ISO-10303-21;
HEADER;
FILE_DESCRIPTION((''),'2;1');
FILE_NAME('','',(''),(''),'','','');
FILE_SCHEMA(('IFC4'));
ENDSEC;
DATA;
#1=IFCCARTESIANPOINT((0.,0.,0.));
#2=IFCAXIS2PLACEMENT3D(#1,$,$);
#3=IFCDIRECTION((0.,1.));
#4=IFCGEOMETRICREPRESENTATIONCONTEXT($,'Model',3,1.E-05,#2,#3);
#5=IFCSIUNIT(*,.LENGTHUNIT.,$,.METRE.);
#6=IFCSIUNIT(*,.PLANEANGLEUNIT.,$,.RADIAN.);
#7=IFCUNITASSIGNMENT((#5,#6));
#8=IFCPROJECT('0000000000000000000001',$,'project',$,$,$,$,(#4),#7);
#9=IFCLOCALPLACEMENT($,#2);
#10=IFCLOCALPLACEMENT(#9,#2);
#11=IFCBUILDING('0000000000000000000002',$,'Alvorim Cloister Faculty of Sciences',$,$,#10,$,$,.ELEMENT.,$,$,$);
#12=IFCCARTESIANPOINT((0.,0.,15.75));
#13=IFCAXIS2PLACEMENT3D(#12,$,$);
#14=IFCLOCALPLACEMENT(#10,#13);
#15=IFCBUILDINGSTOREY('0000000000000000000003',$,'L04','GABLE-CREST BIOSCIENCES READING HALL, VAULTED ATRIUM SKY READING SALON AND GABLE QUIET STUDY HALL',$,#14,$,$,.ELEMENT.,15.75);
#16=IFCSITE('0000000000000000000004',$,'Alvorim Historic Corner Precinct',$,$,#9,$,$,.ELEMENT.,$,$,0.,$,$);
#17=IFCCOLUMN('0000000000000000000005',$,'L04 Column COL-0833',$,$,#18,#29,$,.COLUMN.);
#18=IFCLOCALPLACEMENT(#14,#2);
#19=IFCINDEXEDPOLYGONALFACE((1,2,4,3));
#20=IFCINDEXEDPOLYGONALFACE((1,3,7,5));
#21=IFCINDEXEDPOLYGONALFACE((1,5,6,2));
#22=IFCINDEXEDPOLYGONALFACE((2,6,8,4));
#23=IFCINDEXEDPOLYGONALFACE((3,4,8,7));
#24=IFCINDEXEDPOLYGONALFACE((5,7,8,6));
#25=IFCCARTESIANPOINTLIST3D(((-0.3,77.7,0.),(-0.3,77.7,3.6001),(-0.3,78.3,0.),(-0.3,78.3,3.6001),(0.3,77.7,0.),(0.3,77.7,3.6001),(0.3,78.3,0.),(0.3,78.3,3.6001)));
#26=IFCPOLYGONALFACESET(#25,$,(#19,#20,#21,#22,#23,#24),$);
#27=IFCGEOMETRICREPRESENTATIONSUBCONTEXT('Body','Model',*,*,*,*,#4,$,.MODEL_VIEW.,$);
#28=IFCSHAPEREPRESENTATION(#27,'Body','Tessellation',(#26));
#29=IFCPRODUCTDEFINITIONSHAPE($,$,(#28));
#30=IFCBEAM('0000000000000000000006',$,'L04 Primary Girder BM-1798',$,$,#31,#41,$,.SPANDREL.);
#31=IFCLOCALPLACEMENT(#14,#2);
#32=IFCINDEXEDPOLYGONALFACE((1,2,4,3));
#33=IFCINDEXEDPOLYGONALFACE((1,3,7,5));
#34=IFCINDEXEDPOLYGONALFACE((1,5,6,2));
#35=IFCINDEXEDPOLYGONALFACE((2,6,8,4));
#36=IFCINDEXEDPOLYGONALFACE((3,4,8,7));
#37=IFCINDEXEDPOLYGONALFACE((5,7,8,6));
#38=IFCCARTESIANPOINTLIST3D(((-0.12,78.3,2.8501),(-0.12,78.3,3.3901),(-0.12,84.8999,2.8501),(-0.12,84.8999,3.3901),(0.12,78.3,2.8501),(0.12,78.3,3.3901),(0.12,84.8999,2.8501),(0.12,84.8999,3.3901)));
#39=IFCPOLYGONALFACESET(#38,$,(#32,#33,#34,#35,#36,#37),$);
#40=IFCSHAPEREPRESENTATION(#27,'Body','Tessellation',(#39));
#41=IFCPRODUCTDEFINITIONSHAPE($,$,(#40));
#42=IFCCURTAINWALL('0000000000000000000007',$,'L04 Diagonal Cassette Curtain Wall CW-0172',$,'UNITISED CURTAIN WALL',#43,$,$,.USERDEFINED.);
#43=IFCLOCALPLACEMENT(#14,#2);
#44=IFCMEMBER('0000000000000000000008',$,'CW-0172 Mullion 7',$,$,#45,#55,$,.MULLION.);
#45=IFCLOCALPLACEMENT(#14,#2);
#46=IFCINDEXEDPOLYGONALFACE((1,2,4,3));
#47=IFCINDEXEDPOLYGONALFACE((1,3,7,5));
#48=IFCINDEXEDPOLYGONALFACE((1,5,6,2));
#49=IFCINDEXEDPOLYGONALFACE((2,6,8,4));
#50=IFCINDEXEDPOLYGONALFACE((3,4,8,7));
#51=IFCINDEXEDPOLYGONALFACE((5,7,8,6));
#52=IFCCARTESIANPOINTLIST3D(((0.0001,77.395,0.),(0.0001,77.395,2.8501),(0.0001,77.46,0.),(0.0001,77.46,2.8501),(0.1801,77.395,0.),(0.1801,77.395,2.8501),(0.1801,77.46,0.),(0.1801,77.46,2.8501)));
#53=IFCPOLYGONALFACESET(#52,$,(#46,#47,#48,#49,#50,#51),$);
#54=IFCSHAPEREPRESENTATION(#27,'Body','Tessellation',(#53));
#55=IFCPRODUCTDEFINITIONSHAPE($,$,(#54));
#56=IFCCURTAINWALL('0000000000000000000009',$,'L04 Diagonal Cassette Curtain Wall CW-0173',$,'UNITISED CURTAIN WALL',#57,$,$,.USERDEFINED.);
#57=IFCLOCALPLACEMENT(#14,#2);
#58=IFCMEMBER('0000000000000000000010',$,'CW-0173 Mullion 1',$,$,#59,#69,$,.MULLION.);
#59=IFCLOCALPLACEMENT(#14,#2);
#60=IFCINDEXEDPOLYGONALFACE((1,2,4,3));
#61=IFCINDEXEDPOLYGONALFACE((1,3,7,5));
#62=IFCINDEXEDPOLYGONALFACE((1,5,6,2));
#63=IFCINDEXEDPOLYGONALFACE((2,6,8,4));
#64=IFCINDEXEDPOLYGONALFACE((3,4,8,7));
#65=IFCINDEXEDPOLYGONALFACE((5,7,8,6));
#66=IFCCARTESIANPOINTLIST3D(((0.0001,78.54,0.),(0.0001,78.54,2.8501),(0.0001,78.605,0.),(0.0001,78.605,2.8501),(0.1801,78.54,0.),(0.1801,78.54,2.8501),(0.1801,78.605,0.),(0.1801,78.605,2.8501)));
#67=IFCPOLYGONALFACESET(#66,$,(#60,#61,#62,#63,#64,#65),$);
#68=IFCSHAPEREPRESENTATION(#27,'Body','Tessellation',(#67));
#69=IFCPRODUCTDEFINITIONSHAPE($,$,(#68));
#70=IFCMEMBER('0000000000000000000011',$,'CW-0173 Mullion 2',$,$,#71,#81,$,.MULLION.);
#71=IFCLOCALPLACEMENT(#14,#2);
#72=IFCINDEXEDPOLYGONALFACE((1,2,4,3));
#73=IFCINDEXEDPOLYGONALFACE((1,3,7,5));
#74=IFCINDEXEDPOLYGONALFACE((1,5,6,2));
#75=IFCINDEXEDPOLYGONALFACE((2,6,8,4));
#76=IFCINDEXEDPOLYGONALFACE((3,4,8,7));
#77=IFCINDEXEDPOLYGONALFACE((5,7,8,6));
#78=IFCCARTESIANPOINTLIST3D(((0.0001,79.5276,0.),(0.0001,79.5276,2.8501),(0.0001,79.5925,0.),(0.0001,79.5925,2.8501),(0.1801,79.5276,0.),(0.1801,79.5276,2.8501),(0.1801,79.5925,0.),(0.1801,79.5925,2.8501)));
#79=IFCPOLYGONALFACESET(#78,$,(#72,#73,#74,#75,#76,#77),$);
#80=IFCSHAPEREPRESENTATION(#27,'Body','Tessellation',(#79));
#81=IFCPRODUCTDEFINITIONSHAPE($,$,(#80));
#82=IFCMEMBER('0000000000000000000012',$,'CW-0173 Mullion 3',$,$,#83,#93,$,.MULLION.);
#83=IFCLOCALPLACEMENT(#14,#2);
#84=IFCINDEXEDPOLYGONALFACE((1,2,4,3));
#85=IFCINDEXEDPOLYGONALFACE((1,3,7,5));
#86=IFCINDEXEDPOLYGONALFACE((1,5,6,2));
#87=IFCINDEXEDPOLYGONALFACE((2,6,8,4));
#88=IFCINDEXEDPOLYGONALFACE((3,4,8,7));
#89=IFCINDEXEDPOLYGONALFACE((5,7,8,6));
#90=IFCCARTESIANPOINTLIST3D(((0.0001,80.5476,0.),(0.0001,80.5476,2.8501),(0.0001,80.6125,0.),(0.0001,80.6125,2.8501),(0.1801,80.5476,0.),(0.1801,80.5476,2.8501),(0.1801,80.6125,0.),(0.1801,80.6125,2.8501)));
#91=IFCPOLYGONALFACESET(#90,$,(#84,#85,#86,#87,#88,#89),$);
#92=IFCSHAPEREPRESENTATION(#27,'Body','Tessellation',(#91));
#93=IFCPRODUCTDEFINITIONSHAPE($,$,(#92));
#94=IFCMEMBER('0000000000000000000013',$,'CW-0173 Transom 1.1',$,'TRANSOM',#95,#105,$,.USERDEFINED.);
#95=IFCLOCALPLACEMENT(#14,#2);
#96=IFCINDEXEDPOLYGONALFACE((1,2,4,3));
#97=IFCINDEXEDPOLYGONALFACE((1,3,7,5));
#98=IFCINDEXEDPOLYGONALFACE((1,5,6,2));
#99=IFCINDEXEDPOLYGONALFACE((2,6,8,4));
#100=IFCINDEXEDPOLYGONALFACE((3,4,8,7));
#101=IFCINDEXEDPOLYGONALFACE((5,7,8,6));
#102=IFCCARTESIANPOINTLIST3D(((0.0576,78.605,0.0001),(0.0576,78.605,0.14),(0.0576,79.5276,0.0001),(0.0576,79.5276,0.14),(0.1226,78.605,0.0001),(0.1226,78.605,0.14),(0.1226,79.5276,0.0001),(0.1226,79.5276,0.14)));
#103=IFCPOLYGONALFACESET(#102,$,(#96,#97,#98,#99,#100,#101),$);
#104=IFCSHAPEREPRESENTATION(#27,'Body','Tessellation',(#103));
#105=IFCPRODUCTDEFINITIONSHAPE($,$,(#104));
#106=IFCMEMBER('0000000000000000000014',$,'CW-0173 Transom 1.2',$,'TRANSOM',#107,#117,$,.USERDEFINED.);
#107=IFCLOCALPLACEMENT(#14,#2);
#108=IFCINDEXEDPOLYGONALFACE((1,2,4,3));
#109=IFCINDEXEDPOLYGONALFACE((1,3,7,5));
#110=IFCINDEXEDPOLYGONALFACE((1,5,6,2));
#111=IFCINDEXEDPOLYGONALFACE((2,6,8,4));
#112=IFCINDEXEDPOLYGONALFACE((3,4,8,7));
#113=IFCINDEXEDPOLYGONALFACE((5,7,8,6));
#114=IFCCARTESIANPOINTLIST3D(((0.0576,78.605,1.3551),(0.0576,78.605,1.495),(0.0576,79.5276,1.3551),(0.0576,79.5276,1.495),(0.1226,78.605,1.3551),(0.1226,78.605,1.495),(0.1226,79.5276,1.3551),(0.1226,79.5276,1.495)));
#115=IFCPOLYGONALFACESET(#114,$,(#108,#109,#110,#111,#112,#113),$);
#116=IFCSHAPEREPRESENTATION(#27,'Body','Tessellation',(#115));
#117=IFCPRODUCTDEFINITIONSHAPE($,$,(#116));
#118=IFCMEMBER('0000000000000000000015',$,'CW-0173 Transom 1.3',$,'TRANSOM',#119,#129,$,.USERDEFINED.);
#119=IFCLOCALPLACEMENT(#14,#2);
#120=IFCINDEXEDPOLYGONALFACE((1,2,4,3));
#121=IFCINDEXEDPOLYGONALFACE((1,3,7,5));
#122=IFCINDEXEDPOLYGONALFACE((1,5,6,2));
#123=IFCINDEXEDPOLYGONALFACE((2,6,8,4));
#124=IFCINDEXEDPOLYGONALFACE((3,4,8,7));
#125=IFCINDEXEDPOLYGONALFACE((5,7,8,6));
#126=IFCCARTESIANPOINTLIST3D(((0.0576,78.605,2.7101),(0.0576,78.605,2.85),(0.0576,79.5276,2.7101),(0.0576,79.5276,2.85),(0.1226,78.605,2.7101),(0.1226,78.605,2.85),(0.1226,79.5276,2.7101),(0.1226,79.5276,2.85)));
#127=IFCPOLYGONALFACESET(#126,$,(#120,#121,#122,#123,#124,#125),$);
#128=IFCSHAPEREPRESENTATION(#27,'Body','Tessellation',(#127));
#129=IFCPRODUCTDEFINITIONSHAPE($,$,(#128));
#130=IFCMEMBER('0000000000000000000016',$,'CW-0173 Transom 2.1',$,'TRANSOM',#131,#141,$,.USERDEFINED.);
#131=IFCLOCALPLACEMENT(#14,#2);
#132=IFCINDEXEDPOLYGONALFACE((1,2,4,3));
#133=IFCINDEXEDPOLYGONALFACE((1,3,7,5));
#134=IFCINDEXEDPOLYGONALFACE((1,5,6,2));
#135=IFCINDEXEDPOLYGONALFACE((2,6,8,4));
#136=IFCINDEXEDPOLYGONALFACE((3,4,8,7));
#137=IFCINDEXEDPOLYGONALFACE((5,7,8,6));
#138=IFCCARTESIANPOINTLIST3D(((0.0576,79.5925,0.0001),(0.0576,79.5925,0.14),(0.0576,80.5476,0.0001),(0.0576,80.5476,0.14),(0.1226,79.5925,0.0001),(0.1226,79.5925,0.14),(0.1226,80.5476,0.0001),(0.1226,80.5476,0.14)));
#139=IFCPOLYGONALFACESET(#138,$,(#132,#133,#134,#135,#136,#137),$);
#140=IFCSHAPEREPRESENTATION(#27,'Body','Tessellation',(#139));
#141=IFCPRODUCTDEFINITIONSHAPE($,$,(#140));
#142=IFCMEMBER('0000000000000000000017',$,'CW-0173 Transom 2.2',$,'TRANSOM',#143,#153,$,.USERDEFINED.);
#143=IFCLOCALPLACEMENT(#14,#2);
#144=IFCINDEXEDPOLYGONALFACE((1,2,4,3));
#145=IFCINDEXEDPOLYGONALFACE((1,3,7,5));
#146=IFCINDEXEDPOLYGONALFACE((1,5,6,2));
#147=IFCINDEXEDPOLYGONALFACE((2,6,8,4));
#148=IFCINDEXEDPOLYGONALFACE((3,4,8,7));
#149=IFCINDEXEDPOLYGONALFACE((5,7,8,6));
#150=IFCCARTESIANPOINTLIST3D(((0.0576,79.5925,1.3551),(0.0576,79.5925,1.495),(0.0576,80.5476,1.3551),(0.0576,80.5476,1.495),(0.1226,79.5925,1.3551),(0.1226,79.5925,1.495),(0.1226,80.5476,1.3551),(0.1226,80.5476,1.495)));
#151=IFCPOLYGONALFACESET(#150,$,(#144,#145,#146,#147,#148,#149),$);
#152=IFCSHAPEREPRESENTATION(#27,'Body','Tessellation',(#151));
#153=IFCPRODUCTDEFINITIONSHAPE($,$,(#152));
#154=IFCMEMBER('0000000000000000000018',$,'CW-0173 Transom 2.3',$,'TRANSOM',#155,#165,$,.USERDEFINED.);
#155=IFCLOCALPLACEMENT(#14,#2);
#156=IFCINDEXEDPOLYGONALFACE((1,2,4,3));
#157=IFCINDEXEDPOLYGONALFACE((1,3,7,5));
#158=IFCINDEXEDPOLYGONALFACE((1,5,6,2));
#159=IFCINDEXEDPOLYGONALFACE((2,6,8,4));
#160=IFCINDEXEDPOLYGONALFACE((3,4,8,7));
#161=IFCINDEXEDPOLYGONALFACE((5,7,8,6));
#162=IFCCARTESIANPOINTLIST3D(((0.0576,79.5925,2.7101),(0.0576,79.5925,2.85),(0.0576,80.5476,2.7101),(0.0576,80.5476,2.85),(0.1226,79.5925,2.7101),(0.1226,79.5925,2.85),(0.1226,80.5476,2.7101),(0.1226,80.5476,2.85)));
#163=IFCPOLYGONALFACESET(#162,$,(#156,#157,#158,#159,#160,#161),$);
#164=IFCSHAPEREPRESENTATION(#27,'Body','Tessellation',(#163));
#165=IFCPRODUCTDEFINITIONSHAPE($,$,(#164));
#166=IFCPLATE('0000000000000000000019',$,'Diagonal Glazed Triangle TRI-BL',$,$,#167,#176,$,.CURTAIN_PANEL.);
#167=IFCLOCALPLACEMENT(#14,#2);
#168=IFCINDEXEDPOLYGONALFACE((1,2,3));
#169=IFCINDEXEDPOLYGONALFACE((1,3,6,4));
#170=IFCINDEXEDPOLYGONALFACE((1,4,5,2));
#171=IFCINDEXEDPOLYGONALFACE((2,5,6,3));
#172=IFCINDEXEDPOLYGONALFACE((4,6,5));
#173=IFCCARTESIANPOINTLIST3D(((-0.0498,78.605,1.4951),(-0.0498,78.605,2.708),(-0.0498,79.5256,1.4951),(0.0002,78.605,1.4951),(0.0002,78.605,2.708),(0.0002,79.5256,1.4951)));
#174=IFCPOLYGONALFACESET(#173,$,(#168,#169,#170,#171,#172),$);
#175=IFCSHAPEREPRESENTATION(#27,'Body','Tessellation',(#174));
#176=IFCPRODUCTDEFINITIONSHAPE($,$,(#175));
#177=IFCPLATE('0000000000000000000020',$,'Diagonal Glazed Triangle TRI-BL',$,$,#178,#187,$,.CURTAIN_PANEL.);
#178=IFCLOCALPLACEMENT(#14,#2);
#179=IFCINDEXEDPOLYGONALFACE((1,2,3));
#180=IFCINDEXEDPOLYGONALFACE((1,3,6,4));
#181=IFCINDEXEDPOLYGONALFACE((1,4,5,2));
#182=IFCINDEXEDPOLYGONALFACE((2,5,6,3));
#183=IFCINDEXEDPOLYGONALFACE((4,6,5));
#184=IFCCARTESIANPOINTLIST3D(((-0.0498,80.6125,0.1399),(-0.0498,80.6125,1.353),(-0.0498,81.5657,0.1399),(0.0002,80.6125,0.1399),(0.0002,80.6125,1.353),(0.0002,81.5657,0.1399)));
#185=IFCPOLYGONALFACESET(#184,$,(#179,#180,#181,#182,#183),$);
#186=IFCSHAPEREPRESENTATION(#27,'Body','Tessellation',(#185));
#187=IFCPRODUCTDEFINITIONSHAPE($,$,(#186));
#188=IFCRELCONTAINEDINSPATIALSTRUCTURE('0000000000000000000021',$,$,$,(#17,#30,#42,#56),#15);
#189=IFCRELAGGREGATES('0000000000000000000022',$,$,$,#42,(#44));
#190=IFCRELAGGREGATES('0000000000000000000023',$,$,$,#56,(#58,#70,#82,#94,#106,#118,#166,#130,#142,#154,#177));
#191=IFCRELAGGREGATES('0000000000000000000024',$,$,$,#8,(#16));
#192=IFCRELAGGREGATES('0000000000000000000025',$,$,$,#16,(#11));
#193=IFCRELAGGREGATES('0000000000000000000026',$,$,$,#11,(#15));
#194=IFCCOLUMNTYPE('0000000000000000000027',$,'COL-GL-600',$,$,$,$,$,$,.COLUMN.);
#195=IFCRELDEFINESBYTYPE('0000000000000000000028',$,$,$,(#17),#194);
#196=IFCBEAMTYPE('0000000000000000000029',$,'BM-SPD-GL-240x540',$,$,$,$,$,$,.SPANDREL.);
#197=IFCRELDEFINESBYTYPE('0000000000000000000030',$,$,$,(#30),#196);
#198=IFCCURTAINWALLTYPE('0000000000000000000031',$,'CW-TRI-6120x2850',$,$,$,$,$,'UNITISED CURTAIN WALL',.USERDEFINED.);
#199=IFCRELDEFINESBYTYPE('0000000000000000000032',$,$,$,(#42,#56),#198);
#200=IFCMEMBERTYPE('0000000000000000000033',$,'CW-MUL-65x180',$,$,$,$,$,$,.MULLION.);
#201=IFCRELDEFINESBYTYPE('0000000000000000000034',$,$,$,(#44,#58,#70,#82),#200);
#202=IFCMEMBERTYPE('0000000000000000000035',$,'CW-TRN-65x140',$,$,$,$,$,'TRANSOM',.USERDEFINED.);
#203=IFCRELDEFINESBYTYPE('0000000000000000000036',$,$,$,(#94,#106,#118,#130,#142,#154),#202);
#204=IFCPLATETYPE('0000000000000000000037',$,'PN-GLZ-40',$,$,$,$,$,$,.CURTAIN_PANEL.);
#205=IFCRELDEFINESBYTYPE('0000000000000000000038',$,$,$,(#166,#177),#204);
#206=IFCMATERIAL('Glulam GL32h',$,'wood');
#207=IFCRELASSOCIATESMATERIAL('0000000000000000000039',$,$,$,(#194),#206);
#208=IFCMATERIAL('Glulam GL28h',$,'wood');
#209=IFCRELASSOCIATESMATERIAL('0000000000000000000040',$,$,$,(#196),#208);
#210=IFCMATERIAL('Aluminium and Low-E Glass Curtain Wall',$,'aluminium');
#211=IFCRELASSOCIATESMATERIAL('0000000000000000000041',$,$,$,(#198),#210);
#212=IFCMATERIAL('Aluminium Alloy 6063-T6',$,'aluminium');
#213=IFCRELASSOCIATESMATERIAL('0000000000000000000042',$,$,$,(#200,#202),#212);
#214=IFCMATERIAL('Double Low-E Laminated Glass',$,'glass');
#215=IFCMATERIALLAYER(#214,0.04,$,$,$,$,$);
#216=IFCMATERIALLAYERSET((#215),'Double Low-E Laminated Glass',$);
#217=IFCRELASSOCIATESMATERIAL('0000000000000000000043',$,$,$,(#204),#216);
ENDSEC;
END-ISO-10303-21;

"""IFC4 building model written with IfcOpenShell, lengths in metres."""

from ifc_helpers import new_model, si_unit, direction, frame, origin, origin_2d, place, context, subcontext, project, spatial, polyline, rectangle, outline, extrude, material, layer, layer_set, material_profile, profile_set, type_object, element, aggregate, save


model = new_model("IFC4")

# Units and contexts
model_context = context("Model", 3, precision=1e-05, world=origin(), true_north=direction((0.0, 1.0)))
body_context = subcontext(model_context, "Body", "Model", "MODEL_VIEW")
ifc_project = project(units=[si_unit("LENGTHUNIT", "METRE"), si_unit("PLANEANGLEUNIT", "RADIAN")], contexts=[model_context])

# Site, building, storey
site_placement = place(None, origin())
site = spatial("IfcSite", under=ifc_project, at=site_placement, Name="Alvorim Historic Corner Precinct", CompositionType="ELEMENT", RefElevation=0.0)
building_placement = place(site_placement, origin())
building = spatial("IfcBuilding", under=site, at=building_placement, Name="Alvorim Cloister Faculty of Sciences", CompositionType="ELEMENT")
storey_placement = place(building_placement, frame((0.0, 0.0, 15.75)))
storey = spatial("IfcBuildingStorey", under=building, at=storey_placement, Name="L04", Description="GABLE-CREST BIOSCIENCES READING HALL, VAULTED ATRIUM SKY READING SALON AND GABLE QUIET STUDY HALL", CompositionType="ELEMENT", Elevation=15.75)

# Column
ifc_material_1 = material(Name="Glulam GL32h", Category="wood")
ifc_material_profile_1 = material_profile(ifc_material_1, rectangle(XDim=0.6001, YDim=0.6001, at=origin_2d()), Name="GL32-COL-600x600")
ifc_profile_set_1 = profile_set([ifc_material_profile_1], Name="Glulam GL32h")
column_type = type_object("IfcColumnType", Name="COL-GL-600", PredefinedType="COLUMN", material=ifc_profile_set_1)
column_placement = place(storey_placement, frame((0.0, 78.0, 0.0), z_axis=(0.0, 0.0, 1.0), x_axis=(1.0, 0.0, 0.0)))
element("IfcColumn", 1, at=column_placement, inside=storey, type_object=column_type, Name="L04 Column COL-0833", PredefinedType="COLUMN", context=body_context, shape_type="SweptSolid", body=[
    extrude(rectangle(XDim=0.6001, YDim=0.6001, at=origin_2d()), origin(), (0.0, 0.0, 1.0), 3.6001),
])

# Beam
ifc_material_2 = material(Name="Glulam GL28h", Category="wood")
ifc_material_profile_2 = material_profile(ifc_material_2, rectangle(XDim=0.24, YDim=0.54, at=origin_2d()), Name="GL28-SPD-240x540")
ifc_profile_set_2 = profile_set([ifc_material_profile_2], Name="Glulam GL28h")
beam_type = type_object("IfcBeamType", Name="BM-SPD-GL-240x540", PredefinedType="SPANDREL", material=ifc_profile_set_2)
beam_placement = place(storey_placement, frame((0.0, 78.3, 3.1201), z_axis=(0.0, 1.0, 0.0), x_axis=(-1.0, 0.0, 0.0)))
element("IfcBeam", 2, at=beam_placement, inside=storey, type_object=beam_type, Name="L04 Primary Girder BM-1798", PredefinedType="SPANDREL", context=body_context, shape_type="SweptSolid", body=[
    extrude(rectangle(XDim=0.24, YDim=0.54, at=origin_2d()), origin(), (0.0, 0.0, 1.0), 6.5999),
])

# Curtain wall, member
ifc_material_3 = material(Name="Aluminium and Low-E Glass Curtain Wall", Category="aluminium")
curtain_wall_type = type_object("IfcCurtainWallType", Name="CW-TRI-6120x2850", ElementType="UNITISED CURTAIN WALL", PredefinedType="USERDEFINED", material=ifc_material_3)
curtain_wall_1_placement = place(storey_placement, origin())
curtain_wall_1 = element("IfcCurtainWall", 3, at=curtain_wall_1_placement, inside=storey, type_object=curtain_wall_type, Name="L04 Diagonal Cassette Curtain Wall CW-0172", ObjectType="UNITISED CURTAIN WALL", PredefinedType="USERDEFINED")
ifc_material_4 = material(Name="Aluminium Alloy 6063-T6", Category="aluminium")
ifc_material_profile_3 = material_profile(ifc_material_4, rectangle(XDim=0.0649, YDim=0.1799, at=origin_2d()), Name="ALU-MUL-65x180")
ifc_profile_set_3 = profile_set([ifc_material_profile_3], Name="Aluminium Alloy 6063-T6")
member_type_1 = type_object("IfcMemberType", Name="CW-MUL-65x180", PredefinedType="MULLION", material=ifc_profile_set_3)
member_1_placement = place(storey_placement, frame((0.0901, 77.4275, 0.0), z_axis=(0.0, 0.0, 1.0), x_axis=(0.0, 1.0, 0.0)))
member_1 = element("IfcMember", 4, at=member_1_placement, type_object=member_type_1, Name="CW-0172 Mullion 7", PredefinedType="MULLION", context=body_context, shape_type="SweptSolid", body=[
    extrude(rectangle(XDim=0.0649, YDim=0.1799, at=origin_2d()), origin(), (0.0, 0.0, 1.0), 2.8501),
])
aggregate(curtain_wall_1, [member_1])

# Curtain wall, members, plates
curtain_wall_2_placement = place(storey_placement, origin())
curtain_wall_2 = element("IfcCurtainWall", 5, at=curtain_wall_2_placement, inside=storey, type_object=curtain_wall_type, Name="L04 Diagonal Cassette Curtain Wall CW-0173", ObjectType="UNITISED CURTAIN WALL", PredefinedType="USERDEFINED")
member_2_placement = place(storey_placement, frame((0.0901, 78.5725, 0.0), z_axis=(0.0, 0.0, 1.0), x_axis=(0.0, 1.0, 0.0)))
member_2 = element("IfcMember", 6, at=member_2_placement, type_object=member_type_1, Name="CW-0173 Mullion 1", PredefinedType="MULLION", context=body_context, shape_type="SweptSolid", body=[
    extrude(rectangle(XDim=0.0649, YDim=0.1799, at=origin_2d()), origin(), (0.0, 0.0, 1.0), 2.8501),
])
member_3_placement = place(storey_placement, frame((0.0901, 79.5601, 0.0), z_axis=(0.0, 0.0, 1.0), x_axis=(0.0, 1.0, 0.0)))
member_3 = element("IfcMember", 7, at=member_3_placement, type_object=member_type_1, Name="CW-0173 Mullion 2", PredefinedType="MULLION", context=body_context, shape_type="SweptSolid", body=[
    extrude(rectangle(XDim=0.0649, YDim=0.1799, at=origin_2d()), origin(), (0.0, 0.0, 1.0), 2.8501),
])
member_4_placement = place(storey_placement, frame((0.0901, 80.5801, 0.0), z_axis=(0.0, 0.0, 1.0), x_axis=(0.0, 1.0, 0.0)))
member_4 = element("IfcMember", 8, at=member_4_placement, type_object=member_type_1, Name="CW-0173 Mullion 3", PredefinedType="MULLION", context=body_context, shape_type="SweptSolid", body=[
    extrude(rectangle(XDim=0.0649, YDim=0.1799, at=origin_2d()), origin(), (0.0, 0.0, 1.0), 2.8501),
])
ifc_material_profile_4 = material_profile(ifc_material_4, rectangle(XDim=0.0649, YDim=0.1399, at=origin_2d()), Name="ALU-TRN-65x140")
ifc_profile_set_4 = profile_set([ifc_material_profile_4], Name="Aluminium Alloy 6063-T6")
member_type_2 = type_object("IfcMemberType", Name="CW-TRN-65x140", ElementType="TRANSOM", PredefinedType="USERDEFINED", material=ifc_profile_set_4)
member_5_placement = place(storey_placement, frame((0.0901, 78.605, 0.0701), z_axis=(0.0, 1.0, 0.0), x_axis=(-1.0, 0.0, 0.0)))
member_5 = element("IfcMember", 9, at=member_5_placement, type_object=member_type_2, Name="CW-0173 Transom 1.1", ObjectType="TRANSOM", PredefinedType="USERDEFINED", context=body_context, shape_type="SweptSolid", body=[
    extrude(rectangle(XDim=0.0649, YDim=0.1399, at=origin_2d()), origin(), (0.0, 0.0, 1.0), 0.9226),
])
member_6_placement = place(storey_placement, frame((0.0901, 78.605, 1.425), z_axis=(0.0, 1.0, 0.0), x_axis=(-1.0, 0.0, 0.0)))
member_6 = element("IfcMember", 10, at=member_6_placement, type_object=member_type_2, Name="CW-0173 Transom 1.2", ObjectType="TRANSOM", PredefinedType="USERDEFINED", context=body_context, shape_type="SweptSolid", body=[
    extrude(rectangle(XDim=0.0649, YDim=0.1399, at=origin_2d()), origin(), (0.0, 0.0, 1.0), 0.9226),
])
member_7_placement = place(storey_placement, frame((0.0901, 78.605, 2.78), z_axis=(0.0, 1.0, 0.0), x_axis=(-1.0, 0.0, 0.0)))
member_7 = element("IfcMember", 11, at=member_7_placement, type_object=member_type_2, Name="CW-0173 Transom 1.3", ObjectType="TRANSOM", PredefinedType="USERDEFINED", context=body_context, shape_type="SweptSolid", body=[
    extrude(rectangle(XDim=0.0649, YDim=0.1399, at=origin_2d()), origin(), (0.0, 0.0, 1.0), 0.9226),
])
member_8_placement = place(storey_placement, frame((0.0901, 79.5925, 0.0701), z_axis=(0.0, 1.0, 0.0), x_axis=(-1.0, 0.0, 0.0)))
member_8 = element("IfcMember", 12, at=member_8_placement, type_object=member_type_2, Name="CW-0173 Transom 2.1", ObjectType="TRANSOM", PredefinedType="USERDEFINED", context=body_context, shape_type="SweptSolid", body=[
    extrude(rectangle(XDim=0.0649, YDim=0.1399, at=origin_2d()), origin(), (0.0, 0.0, 1.0), 0.9551),
])
member_9_placement = place(storey_placement, frame((0.0901, 79.5925, 1.425), z_axis=(0.0, 1.0, 0.0), x_axis=(-1.0, 0.0, 0.0)))
member_9 = element("IfcMember", 13, at=member_9_placement, type_object=member_type_2, Name="CW-0173 Transom 2.2", ObjectType="TRANSOM", PredefinedType="USERDEFINED", context=body_context, shape_type="SweptSolid", body=[
    extrude(rectangle(XDim=0.0649, YDim=0.1399, at=origin_2d()), origin(), (0.0, 0.0, 1.0), 0.9551),
])
member_10_placement = place(storey_placement, frame((0.0901, 79.5925, 2.78), z_axis=(0.0, 1.0, 0.0), x_axis=(-1.0, 0.0, 0.0)))
member_10 = element("IfcMember", 14, at=member_10_placement, type_object=member_type_2, Name="CW-0173 Transom 2.3", ObjectType="TRANSOM", PredefinedType="USERDEFINED", context=body_context, shape_type="SweptSolid", body=[
    extrude(rectangle(XDim=0.0649, YDim=0.1399, at=origin_2d()), origin(), (0.0, 0.0, 1.0), 0.9551),
])
ifc_material_5 = material(Name="Double Low-E Laminated Glass", Category="glass")
ifc_layer_1 = layer(ifc_material_5, 0.04)
ifc_layer_set_1 = layer_set([ifc_layer_1], Name="Double Low-E Laminated Glass")
plate_type = type_object("IfcPlateType", Name="PN-GLZ-40", PredefinedType="CURTAIN_PANEL", material=ifc_layer_set_1)
plate_1_placement = place(storey_placement, frame((-0.0249, 78.605, 1.4951), z_axis=(0.0, 0.0, 1.0), x_axis=(0.0, 1.0, 0.0)))
plate_1 = element("IfcPlate", 15, at=plate_1_placement, type_object=plate_type, Name="Diagonal Glazed Triangle TRI-BL", PredefinedType="CURTAIN_PANEL", context=body_context, shape_type="SweptSolid", body=[
    extrude(outline(polyline([(0.0, 0.0), (0.9207, 0.0), (0.0, 1.2129), (0.0, 0.0)])), frame((0.0, 0.0249, 0.0), z_axis=(0.0, -1.0, 0.0), x_axis=(1.0, 0.0, 0.0)), (0.0, 0.0, 1.0), 0.05),
])
plate_2_placement = place(storey_placement, frame((-0.0249, 80.6125, 0.1399), z_axis=(0.0, 0.0, 1.0), x_axis=(0.0, 1.0, 0.0)))
plate_2 = element("IfcPlate", 16, at=plate_2_placement, type_object=plate_type, Name="Diagonal Glazed Triangle TRI-BL", PredefinedType="CURTAIN_PANEL", context=body_context, shape_type="SweptSolid", body=[
    extrude(outline(polyline([(0.0, 0.0), (0.9531, 0.0), (0.0, 1.2131), (0.0, 0.0)])), frame((0.0, 0.0249, 0.0), z_axis=(0.0, -1.0, 0.0), x_axis=(1.0, 0.0, 0.0)), (0.0, 0.0, 1.0), 0.05),
])
aggregate(curtain_wall_2, [member_2, member_3, member_4, member_5, member_6, member_7, plate_1, member_8, member_9, member_10, plate_2])

save(model, "model.ifc")
